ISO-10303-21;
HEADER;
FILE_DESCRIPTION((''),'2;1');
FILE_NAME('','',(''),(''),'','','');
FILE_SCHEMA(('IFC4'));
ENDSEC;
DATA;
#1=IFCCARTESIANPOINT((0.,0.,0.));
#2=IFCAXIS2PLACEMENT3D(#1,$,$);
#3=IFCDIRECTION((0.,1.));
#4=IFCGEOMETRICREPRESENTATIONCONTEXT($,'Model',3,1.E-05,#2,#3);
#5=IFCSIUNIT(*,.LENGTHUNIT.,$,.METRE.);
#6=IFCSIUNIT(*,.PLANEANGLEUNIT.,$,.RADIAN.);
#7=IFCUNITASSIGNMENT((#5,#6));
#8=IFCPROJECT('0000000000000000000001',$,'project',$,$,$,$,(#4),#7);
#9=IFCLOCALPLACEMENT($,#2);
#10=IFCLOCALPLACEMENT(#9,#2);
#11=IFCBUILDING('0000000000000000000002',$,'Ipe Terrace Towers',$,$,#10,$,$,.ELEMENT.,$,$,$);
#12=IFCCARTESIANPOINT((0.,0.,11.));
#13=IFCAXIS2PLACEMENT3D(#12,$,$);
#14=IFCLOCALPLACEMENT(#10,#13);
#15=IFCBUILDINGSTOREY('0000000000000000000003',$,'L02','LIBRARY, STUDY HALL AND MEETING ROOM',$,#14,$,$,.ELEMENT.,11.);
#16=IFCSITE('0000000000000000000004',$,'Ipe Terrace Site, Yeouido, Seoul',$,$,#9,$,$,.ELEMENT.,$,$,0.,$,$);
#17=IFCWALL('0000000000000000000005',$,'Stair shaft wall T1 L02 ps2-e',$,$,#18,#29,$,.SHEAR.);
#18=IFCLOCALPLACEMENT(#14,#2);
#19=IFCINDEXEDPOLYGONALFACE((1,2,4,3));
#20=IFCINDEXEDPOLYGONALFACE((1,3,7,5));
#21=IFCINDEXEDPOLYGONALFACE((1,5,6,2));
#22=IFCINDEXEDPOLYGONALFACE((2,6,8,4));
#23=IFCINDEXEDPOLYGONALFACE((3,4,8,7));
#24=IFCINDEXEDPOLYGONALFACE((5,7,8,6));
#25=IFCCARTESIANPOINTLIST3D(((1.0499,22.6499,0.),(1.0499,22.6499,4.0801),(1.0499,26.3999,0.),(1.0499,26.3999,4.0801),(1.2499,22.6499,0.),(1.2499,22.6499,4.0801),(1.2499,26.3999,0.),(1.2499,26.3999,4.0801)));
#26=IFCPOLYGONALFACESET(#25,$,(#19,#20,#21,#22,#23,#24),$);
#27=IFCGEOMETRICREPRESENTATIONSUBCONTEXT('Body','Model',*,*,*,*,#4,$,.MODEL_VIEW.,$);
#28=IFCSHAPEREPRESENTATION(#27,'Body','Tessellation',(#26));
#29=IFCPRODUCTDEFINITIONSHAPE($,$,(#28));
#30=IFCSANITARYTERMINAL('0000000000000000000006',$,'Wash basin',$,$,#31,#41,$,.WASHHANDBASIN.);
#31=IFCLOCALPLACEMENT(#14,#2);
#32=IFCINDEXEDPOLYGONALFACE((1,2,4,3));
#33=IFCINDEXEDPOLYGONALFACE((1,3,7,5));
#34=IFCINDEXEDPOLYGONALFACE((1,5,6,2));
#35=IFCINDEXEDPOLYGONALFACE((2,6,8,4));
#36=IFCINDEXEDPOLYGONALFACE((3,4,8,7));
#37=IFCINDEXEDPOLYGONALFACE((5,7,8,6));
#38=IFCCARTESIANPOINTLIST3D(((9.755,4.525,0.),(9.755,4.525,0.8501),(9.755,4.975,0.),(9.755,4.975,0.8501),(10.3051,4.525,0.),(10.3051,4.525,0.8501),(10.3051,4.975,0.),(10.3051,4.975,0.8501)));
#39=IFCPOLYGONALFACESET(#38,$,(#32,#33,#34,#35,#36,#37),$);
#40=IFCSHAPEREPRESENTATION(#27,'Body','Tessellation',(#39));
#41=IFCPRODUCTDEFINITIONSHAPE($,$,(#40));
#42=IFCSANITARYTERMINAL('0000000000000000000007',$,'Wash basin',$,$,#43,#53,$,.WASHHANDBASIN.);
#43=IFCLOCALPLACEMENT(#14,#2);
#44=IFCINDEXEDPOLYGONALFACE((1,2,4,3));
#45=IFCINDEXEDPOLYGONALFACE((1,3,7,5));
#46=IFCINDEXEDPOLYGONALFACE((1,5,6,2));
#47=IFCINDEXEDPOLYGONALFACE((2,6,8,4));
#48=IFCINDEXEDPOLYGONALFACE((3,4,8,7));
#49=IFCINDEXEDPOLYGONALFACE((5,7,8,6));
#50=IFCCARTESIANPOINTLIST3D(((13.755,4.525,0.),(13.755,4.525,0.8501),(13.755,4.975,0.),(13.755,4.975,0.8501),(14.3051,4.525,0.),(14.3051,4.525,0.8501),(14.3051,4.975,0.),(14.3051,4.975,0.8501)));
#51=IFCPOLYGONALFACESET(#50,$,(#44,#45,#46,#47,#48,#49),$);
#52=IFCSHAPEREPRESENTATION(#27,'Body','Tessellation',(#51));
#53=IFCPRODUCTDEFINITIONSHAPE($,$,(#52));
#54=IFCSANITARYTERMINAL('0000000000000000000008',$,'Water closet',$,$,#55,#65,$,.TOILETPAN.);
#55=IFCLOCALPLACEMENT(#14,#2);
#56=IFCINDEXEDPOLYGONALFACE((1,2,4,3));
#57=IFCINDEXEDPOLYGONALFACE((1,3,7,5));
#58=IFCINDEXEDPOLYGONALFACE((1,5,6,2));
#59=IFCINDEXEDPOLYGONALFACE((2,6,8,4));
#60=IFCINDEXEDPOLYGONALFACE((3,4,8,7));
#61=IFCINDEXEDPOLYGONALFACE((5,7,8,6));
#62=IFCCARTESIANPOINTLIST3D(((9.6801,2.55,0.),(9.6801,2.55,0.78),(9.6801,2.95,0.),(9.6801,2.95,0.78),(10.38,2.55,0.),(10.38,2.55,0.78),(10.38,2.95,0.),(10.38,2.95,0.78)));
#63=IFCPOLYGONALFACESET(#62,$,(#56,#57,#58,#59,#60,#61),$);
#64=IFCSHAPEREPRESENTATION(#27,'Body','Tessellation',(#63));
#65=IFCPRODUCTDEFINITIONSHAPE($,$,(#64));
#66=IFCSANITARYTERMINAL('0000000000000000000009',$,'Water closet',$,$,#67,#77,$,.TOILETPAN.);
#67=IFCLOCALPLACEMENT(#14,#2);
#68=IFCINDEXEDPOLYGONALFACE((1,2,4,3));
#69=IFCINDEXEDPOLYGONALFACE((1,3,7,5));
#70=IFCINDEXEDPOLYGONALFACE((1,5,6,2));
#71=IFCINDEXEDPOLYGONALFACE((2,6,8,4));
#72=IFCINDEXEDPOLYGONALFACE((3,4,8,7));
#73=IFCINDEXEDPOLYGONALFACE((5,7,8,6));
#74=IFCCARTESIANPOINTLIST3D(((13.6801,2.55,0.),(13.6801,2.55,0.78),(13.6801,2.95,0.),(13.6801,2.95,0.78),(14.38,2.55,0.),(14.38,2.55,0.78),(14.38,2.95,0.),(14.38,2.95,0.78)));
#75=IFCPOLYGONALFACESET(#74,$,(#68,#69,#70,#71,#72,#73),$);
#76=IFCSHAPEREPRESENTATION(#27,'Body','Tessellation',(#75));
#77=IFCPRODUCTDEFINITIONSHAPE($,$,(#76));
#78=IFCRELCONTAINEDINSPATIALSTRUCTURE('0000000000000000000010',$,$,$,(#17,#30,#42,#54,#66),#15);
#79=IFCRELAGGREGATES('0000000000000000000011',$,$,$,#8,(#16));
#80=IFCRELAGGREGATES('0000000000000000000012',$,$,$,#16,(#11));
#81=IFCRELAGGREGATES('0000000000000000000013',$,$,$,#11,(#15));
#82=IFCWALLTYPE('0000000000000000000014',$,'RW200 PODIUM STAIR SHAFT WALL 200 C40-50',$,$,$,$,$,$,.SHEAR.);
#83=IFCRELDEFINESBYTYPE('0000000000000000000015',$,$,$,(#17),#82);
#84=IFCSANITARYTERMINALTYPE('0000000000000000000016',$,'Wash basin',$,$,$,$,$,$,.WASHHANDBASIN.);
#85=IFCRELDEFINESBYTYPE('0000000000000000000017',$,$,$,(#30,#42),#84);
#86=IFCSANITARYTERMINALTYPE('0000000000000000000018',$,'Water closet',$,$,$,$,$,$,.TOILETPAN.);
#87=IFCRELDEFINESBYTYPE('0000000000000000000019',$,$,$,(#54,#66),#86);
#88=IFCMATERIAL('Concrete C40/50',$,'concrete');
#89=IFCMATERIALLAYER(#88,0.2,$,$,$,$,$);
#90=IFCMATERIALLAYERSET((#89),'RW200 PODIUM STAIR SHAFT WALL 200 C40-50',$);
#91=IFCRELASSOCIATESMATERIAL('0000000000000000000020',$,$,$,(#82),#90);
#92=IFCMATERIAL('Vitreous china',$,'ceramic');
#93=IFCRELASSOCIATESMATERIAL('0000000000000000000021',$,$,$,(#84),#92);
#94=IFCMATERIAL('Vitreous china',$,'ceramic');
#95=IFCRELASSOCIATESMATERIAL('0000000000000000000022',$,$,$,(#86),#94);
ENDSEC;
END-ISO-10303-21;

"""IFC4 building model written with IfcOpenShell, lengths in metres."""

from ifc_helpers import new_model, si_unit, direction, frame, frame_2d, origin, origin_2d, place, context, subcontext, project, spatial, rectangle, extrude, material, layer, layer_set, type_object, element, save


model = new_model("IFC4")

# Units and contexts
model_context = context("Model", 3, precision=1e-05, world=origin(), true_north=direction((0.0, 1.0)))
body_context = subcontext(model_context, "Body", "Model", "MODEL_VIEW")
ifc_project = project(units=[si_unit("LENGTHUNIT", "METRE"), si_unit("PLANEANGLEUNIT", "RADIAN")], contexts=[model_context])

# Site, building, storey
site_placement = place(None, origin())
site = spatial("IfcSite", under=ifc_project, at=site_placement, Name="Ipe Terrace Site, Yeouido, Seoul", CompositionType="ELEMENT", RefElevation=0.0)
building_placement = place(site_placement, origin())
building = spatial("IfcBuilding", under=site, at=building_placement, Name="Ipe Terrace Towers", CompositionType="ELEMENT")
storey_placement = place(building_placement, frame((0.0, 0.0, 11.0)))
storey = spatial("IfcBuildingStorey", under=building, at=storey_placement, Name="L02", Description="LIBRARY, STUDY HALL AND MEETING ROOM", CompositionType="ELEMENT", Elevation=11.0)

# Wall
ifc_material_1 = material(Name="Concrete C40/50", Category="concrete")
ifc_layer_1 = layer(ifc_material_1, 0.2)
ifc_layer_set_1 = layer_set([ifc_layer_1], Name="RW200 PODIUM STAIR SHAFT WALL 200 C40-50")
wall_type_1 = type_object("IfcWallType", Name="RW200 PODIUM STAIR SHAFT WALL 200 C40-50", PredefinedType="SHEAR", material=ifc_layer_set_1)
wall_1_placement = place(storey_placement, frame((1.1499, 22.6499, 0.0), z_axis=(0.0, 0.0, 1.0), x_axis=(0.0, 1.0, 0.0)))
element("IfcWall", 1, at=wall_1_placement, inside=storey, type_object=wall_type_1, Name="Stair shaft wall T1 L02 ps2-e", PredefinedType="SHEAR", context=body_context, shape_type="SweptSolid", body=[
    extrude(rectangle(XDim=3.75, YDim=0.2, at=frame_2d((1.875, 0.0))), origin(), (0.0, 0.0, 1.0), 4.0801),
])

# Sanitary terminals
ifc_material_2 = material(Name="Vitreous china", Category="ceramic")
sanitary_terminal_type_1 = type_object("IfcSanitaryTerminalType", Name="Wash basin", PredefinedType="WASHHANDBASIN", material=ifc_material_2)
for number, where, z_axis, x_axis, name in (
    (2, (10.03, 4.75, 0.0), (0.0, 0.0, 1.0), (1.0, 0.0, 0.0), "Wash basin"),
    (3, (14.03, 4.75, 0.0), (0.0, 0.0, 1.0), (1.0, 0.0, 0.0), "Wash basin"),
):
    element("IfcSanitaryTerminal", number, at=place(storey_placement, frame(where, z_axis=z_axis, x_axis=x_axis)), inside=storey, type_object=sanitary_terminal_type_1, Name=name, PredefinedType="WASHHANDBASIN", context=body_context, shape_type="SweptSolid", body=[
        extrude(rectangle(XDim=0.55, YDim=0.45, at=origin_2d()), origin(), (0.0, 0.0, 1.0), 0.8501),
    ])
ifc_material_3 = material(Name="Vitreous china", Category="ceramic")
sanitary_terminal_type_2 = type_object("IfcSanitaryTerminalType", Name="Water closet", PredefinedType="TOILETPAN", material=ifc_material_3)
for number, where, z_axis, x_axis, name in (
    (4, (10.03, 2.75, 0.0), (0.0, 0.0, 1.0), (1.0, 0.0, 0.0), "Water closet"),
    (5, (14.03, 2.75, 0.0), (0.0, 0.0, 1.0), (1.0, 0.0, 0.0), "Water closet"),
):
    element("IfcSanitaryTerminal", number, at=place(storey_placement, frame(where, z_axis=z_axis, x_axis=x_axis)), inside=storey, type_object=sanitary_terminal_type_2, Name=name, PredefinedType="TOILETPAN", context=body_context, shape_type="SweptSolid", body=[
        extrude(rectangle(XDim=0.7, YDim=0.3999, at=origin_2d()), origin(), (0.0, 0.0, 1.0), 0.78),
    ])

save(model, "model.ifc")
